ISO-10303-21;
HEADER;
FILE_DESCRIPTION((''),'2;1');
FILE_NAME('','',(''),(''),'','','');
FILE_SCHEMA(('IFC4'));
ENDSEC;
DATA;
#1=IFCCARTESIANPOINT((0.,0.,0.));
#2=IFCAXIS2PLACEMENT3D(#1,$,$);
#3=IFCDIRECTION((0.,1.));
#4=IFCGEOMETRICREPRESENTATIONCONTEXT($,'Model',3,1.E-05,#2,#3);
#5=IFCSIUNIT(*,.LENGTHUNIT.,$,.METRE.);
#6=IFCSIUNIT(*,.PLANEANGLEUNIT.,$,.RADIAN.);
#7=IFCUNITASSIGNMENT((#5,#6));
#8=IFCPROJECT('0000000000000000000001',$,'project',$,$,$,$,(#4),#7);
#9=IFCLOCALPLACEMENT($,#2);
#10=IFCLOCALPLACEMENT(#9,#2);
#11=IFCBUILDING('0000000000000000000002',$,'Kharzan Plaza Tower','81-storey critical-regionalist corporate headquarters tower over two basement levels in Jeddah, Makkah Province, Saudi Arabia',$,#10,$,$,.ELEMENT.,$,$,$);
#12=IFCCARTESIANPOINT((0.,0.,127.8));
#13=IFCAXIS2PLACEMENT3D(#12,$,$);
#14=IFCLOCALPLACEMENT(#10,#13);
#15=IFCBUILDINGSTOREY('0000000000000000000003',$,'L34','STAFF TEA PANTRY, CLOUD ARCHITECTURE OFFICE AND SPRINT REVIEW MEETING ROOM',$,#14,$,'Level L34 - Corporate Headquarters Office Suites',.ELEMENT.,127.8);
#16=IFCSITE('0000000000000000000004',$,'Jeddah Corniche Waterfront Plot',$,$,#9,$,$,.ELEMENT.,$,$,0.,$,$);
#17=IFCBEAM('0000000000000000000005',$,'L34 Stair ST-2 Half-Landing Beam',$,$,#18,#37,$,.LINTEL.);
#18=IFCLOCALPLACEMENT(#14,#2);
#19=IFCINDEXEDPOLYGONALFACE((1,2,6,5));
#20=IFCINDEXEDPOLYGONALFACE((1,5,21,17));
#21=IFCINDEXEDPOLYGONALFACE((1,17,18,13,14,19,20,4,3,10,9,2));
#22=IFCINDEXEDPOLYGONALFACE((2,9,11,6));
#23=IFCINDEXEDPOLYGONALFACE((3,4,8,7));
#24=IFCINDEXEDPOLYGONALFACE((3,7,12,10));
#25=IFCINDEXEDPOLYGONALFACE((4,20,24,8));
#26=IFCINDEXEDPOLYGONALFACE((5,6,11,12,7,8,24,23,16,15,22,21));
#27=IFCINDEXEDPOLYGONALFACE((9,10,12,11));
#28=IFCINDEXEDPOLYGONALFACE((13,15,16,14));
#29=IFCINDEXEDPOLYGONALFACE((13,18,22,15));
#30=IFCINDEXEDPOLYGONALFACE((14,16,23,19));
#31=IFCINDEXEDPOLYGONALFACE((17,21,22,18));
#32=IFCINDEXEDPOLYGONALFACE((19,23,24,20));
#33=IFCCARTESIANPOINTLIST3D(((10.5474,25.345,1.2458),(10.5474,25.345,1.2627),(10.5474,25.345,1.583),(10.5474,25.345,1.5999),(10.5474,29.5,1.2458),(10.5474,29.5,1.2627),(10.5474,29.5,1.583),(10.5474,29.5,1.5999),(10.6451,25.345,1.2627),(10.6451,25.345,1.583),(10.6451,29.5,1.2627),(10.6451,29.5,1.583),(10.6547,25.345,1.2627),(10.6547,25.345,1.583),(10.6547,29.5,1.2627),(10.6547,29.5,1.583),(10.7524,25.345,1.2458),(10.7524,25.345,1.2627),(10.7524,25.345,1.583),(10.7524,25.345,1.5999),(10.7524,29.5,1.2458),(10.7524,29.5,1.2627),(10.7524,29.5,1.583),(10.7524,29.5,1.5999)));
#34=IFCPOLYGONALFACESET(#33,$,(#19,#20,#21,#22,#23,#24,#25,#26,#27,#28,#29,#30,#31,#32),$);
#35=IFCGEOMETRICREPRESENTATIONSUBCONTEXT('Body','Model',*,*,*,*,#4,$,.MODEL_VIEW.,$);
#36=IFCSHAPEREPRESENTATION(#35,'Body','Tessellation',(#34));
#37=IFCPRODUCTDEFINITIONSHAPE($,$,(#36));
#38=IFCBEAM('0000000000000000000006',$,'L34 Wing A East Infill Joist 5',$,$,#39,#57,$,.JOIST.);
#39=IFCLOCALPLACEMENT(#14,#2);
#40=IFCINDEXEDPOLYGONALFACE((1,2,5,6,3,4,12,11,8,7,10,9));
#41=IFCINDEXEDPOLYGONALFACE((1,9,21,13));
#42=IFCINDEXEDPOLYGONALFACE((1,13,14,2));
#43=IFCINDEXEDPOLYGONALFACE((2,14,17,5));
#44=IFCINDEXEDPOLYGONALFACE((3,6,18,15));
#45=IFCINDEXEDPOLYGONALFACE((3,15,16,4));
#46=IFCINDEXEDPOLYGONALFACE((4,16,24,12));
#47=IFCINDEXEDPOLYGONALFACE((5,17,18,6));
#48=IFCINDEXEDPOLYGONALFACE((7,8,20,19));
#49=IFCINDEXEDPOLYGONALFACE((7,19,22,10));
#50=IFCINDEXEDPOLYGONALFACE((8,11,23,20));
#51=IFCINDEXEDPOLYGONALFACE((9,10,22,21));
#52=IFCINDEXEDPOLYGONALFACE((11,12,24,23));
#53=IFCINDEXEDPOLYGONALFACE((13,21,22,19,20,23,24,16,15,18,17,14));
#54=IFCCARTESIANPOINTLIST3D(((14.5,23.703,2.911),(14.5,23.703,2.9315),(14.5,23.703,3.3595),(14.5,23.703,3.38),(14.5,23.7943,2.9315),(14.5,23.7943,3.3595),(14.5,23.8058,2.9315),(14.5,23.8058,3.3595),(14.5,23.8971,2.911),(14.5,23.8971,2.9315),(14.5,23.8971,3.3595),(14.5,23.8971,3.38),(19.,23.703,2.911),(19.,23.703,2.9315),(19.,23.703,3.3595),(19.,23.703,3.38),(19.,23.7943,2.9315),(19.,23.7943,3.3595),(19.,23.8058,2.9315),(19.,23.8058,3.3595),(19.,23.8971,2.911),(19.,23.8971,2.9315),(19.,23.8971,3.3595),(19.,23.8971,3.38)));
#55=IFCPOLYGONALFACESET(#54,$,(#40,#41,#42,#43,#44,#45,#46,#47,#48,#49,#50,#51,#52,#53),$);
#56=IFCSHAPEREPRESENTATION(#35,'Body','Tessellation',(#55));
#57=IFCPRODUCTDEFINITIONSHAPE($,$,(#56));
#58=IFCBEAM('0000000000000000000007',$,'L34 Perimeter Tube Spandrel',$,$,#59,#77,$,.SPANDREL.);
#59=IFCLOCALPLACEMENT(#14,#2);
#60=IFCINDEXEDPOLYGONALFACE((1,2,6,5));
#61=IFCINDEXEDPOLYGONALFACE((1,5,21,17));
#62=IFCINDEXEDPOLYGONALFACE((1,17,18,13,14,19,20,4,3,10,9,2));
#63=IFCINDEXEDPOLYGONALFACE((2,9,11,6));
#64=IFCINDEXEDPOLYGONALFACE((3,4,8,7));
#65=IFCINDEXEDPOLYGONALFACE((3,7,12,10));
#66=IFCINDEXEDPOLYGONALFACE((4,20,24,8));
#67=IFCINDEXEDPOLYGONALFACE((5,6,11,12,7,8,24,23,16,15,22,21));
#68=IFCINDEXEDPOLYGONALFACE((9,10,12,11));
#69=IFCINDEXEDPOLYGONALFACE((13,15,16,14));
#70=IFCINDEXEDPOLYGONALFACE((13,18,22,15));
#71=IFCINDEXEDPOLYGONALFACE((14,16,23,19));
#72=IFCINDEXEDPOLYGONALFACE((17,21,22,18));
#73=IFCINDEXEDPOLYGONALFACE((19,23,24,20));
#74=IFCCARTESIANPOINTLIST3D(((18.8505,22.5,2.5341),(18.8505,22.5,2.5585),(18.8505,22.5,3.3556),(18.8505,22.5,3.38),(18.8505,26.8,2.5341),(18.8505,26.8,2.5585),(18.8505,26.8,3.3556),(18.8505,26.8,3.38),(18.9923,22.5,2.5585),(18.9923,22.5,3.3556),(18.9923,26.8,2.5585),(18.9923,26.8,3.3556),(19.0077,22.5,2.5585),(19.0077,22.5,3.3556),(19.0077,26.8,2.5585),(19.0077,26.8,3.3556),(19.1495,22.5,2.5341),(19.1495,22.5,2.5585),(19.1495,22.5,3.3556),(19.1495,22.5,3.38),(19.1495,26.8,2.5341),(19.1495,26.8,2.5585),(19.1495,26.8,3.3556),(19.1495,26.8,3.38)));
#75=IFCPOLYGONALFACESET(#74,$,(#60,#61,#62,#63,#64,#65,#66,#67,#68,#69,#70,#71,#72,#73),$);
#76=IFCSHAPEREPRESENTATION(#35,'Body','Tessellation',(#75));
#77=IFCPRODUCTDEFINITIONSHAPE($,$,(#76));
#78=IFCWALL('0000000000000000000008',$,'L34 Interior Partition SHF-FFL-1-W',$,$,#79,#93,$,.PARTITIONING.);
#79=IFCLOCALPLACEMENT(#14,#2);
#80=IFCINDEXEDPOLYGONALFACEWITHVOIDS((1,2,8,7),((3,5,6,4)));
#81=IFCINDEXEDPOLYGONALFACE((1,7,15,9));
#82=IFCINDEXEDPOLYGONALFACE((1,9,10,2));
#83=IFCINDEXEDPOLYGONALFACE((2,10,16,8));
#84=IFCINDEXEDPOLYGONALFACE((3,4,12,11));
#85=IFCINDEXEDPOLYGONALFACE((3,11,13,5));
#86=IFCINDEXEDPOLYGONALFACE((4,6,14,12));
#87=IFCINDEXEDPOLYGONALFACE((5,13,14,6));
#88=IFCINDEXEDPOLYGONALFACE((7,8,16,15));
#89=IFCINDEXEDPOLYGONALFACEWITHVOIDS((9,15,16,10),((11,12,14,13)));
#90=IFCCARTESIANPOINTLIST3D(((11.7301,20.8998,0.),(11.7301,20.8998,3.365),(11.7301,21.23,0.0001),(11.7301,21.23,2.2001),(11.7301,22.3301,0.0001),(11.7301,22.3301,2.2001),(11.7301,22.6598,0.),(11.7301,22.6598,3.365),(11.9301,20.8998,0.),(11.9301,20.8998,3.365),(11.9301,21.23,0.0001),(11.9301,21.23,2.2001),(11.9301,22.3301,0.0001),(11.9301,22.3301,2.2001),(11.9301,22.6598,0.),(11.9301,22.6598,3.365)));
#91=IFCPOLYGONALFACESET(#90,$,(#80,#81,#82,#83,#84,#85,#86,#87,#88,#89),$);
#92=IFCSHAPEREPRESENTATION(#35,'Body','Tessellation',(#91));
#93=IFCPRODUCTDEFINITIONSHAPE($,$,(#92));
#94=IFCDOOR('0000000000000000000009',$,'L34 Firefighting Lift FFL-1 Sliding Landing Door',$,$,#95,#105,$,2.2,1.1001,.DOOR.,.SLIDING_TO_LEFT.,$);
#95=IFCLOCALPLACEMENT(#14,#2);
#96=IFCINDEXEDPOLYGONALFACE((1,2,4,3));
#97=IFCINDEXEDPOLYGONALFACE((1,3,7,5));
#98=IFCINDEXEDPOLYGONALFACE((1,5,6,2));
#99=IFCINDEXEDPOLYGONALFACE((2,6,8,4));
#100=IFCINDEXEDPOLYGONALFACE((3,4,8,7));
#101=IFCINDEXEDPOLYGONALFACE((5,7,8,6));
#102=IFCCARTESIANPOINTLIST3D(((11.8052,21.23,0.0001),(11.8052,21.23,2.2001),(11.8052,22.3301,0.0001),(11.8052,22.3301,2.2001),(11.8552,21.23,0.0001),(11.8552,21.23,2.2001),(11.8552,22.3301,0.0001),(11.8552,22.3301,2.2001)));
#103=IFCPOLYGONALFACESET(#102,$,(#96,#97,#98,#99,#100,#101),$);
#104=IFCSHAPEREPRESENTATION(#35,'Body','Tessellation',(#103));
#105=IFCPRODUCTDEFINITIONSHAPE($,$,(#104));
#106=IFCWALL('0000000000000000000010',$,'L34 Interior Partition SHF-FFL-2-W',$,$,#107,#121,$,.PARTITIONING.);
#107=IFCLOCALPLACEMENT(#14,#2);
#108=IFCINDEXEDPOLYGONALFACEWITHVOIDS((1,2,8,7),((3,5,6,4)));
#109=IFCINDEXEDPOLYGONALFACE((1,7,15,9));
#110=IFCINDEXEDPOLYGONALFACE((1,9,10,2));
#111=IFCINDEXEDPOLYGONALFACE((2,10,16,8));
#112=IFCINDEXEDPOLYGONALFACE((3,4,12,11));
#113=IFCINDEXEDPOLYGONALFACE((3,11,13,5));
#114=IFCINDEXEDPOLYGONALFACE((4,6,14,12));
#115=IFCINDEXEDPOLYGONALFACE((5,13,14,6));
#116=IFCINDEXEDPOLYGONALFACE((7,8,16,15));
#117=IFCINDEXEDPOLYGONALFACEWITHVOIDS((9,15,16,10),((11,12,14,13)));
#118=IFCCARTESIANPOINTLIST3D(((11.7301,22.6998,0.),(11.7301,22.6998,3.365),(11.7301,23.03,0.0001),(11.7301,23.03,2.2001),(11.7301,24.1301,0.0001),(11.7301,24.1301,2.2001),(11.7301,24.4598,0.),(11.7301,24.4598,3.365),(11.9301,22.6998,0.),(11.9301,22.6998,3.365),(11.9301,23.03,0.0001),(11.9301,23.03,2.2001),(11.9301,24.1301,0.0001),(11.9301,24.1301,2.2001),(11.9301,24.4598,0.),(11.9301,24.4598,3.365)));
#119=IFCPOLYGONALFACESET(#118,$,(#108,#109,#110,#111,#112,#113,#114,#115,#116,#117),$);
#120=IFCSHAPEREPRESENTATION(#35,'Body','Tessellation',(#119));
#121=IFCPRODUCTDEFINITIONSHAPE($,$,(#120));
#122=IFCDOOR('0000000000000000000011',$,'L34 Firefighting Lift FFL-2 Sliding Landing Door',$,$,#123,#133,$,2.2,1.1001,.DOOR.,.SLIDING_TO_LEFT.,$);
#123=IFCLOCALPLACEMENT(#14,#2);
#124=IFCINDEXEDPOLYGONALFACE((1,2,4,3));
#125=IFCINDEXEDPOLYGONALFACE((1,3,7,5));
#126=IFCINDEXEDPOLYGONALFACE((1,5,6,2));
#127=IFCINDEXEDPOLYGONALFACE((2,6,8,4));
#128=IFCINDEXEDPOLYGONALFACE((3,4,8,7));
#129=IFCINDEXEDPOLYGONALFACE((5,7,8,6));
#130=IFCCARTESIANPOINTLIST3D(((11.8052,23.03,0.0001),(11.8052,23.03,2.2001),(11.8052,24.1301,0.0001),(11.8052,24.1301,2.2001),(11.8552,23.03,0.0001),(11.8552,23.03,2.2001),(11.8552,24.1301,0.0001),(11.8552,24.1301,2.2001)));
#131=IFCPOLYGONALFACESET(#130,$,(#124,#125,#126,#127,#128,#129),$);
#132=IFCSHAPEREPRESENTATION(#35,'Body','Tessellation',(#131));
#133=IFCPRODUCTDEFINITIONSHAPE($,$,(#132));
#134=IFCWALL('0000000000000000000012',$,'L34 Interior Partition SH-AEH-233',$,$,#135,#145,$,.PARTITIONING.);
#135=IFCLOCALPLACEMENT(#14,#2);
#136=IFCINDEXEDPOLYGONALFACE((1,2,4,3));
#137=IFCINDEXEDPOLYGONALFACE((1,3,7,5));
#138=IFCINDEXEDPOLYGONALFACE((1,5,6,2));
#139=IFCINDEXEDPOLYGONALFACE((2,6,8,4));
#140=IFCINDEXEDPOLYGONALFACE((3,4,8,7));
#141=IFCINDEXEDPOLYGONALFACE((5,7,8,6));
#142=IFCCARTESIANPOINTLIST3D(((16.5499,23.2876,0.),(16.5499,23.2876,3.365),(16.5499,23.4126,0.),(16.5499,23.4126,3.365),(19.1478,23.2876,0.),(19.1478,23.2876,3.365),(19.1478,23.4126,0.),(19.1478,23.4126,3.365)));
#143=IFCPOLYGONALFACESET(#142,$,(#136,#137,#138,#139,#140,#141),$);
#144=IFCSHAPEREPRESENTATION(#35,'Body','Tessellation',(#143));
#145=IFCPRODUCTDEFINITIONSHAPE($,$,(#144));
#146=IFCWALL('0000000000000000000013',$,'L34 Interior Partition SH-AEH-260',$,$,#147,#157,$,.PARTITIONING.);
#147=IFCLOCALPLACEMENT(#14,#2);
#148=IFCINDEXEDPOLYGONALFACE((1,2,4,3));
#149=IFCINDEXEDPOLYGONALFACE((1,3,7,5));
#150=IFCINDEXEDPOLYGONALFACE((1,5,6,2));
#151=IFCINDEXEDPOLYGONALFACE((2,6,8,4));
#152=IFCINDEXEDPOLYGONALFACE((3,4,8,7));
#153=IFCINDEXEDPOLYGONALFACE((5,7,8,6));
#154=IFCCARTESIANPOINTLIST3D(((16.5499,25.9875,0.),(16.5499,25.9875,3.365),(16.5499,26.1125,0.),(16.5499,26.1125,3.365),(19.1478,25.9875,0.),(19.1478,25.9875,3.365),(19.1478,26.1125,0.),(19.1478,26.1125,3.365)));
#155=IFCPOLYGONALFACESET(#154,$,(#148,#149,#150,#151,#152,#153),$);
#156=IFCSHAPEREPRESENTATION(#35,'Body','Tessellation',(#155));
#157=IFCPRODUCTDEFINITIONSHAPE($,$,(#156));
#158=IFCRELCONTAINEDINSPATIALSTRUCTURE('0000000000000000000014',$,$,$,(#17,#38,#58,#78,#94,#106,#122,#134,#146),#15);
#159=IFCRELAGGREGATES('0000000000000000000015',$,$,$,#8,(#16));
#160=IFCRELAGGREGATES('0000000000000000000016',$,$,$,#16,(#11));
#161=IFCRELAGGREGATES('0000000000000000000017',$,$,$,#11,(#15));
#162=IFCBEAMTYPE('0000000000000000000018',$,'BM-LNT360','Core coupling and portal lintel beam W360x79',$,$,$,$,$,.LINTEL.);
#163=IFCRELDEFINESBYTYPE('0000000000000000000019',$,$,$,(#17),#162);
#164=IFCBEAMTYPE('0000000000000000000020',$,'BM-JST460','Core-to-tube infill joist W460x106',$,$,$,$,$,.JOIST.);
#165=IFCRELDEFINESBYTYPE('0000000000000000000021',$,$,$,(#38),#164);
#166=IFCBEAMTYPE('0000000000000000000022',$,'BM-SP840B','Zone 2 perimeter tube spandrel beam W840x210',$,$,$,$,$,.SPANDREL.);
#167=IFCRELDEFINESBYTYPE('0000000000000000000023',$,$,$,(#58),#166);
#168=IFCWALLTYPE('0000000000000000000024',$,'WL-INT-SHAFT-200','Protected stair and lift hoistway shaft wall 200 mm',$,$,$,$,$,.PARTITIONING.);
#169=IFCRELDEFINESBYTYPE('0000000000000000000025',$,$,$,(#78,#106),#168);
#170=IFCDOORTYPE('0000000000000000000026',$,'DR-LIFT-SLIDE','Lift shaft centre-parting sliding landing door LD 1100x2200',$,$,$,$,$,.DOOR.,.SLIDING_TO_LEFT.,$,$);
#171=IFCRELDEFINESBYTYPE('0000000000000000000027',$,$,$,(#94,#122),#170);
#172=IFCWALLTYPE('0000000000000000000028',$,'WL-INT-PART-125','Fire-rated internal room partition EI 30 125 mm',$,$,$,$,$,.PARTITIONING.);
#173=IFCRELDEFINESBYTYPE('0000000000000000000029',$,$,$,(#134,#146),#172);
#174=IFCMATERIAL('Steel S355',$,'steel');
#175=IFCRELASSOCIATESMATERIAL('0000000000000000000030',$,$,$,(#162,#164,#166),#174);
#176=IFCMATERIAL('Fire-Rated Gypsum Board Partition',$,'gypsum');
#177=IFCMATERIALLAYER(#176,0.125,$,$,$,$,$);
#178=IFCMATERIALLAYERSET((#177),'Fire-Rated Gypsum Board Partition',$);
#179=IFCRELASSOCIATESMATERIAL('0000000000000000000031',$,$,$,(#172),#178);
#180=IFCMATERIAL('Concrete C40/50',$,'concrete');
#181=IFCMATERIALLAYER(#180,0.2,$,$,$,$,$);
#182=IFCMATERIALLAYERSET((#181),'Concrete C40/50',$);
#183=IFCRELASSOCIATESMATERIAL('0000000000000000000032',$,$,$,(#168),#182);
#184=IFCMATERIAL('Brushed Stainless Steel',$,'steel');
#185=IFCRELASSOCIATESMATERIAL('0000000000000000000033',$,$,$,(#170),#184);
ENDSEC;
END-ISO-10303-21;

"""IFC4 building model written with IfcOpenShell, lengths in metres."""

from ifc_helpers import new_model, si_unit, direction, frame, frame_2d, origin, origin_2d, place, context, subcontext, project, spatial, rectangle, i_section, extrude, source, transform, mapped, material, layer, layer_set, material_profile, profile_set, type_object, element, fill, save


model = new_model("IFC4")

# Units and contexts
model_context = context("Model", 3, precision=1e-05, world=origin(), true_north=direction((0.0, 1.0)))
body_context = subcontext(model_context, "Body", "Model", "MODEL_VIEW")
ifc_project = project(units=[si_unit("LENGTHUNIT", "METRE"), si_unit("PLANEANGLEUNIT", "RADIAN")], contexts=[model_context])

# Site, building, storey
site_placement = place(None, origin())
site = spatial("IfcSite", under=ifc_project, at=site_placement, Name="Jeddah Corniche Waterfront Plot", CompositionType="ELEMENT", RefElevation=0.0)
building_placement = place(site_placement, origin())
building = spatial("IfcBuilding", under=site, at=building_placement, Name="Kharzan Plaza Tower", Description="81-storey critical-regionalist corporate headquarters tower over two basement levels in Jeddah, Makkah Province, Saudi Arabia", CompositionType="ELEMENT")
storey_placement = place(building_placement, frame((0.0, 0.0, 127.8)))
storey = spatial("IfcBuildingStorey", under=building, at=storey_placement, Name="L34", Description="STAFF TEA PANTRY, CLOUD ARCHITECTURE OFFICE AND SPRINT REVIEW MEETING ROOM", LongName="Level L34 - Corporate Headquarters Office Suites", CompositionType="ELEMENT", Elevation=127.8)

# Beams
ifc_material_1 = material(Name="Steel S355", Category="steel")
ifc_material_profile_1 = material_profile(ifc_material_1, i_section(OverallWidth=0.2051, OverallDepth=0.354, WebThickness=0.0095, FlangeThickness=0.0168, at=origin_2d()), Name="W360x79")
ifc_profile_set_1 = profile_set([ifc_material_profile_1], Name="Steel S355")
beam_type_1 = type_object("IfcBeamType", Name="BM-LNT360", Description="Core coupling and portal lintel beam W360x79", PredefinedType="LINTEL", material=ifc_profile_set_1)
shared_shape_1 = source(origin(), body_context, "Body", "SweptSolid", [
    extrude(i_section(OverallWidth=0.2051, OverallDepth=0.354, WebThickness=0.0095, FlangeThickness=0.0168, at=origin_2d()), origin(), (0.0, 0.0, 1.0), 4.155),
])
beam_1_placement = place(storey_placement, frame((10.6499, 25.345, 1.4229), z_axis=(0.0, 1.0, 0.0), x_axis=(-1.0, 0.0, 0.0)))
element("IfcBeam", 1, at=beam_1_placement, inside=storey, type_object=beam_type_1, Name="L34 Stair ST-2 Half-Landing Beam", PredefinedType="LINTEL", context=body_context, shape_type="MappedRepresentation", body=[
    mapped(shared_shape_1, transform((0.0, 0.0, 0.0), x_axis=(1.0, 0.0, 0.0), y_axis=(0.0, 1.0, 0.0), z_axis=(0.0, 0.0, 1.0))),
])
ifc_material_profile_2 = material_profile(ifc_material_1, i_section(OverallWidth=0.1941, OverallDepth=0.469, WebThickness=0.0115, FlangeThickness=0.0205, at=origin_2d()), Name="W460x106")
ifc_profile_set_2 = profile_set([ifc_material_profile_2], Name="Steel S355")
beam_type_2 = type_object("IfcBeamType", Name="BM-JST460", Description="Core-to-tube infill joist W460x106", PredefinedType="JOIST", material=ifc_profile_set_2)
shared_shape_2 = source(origin(), body_context, "Body", "SweptSolid", [
    extrude(i_section(OverallWidth=0.1941, OverallDepth=0.469, WebThickness=0.0115, FlangeThickness=0.0205, at=origin_2d()), origin(), (0.0, 0.0, 1.0), 4.5),
])
beam_2_placement = place(storey_placement, frame((14.5, 23.8, 3.1455), z_axis=(1.0, 0.0, 0.0), x_axis=(0.0, 1.0, 0.0)))
element("IfcBeam", 2, at=beam_2_placement, inside=storey, type_object=beam_type_2, Name="L34 Wing A East Infill Joist 5", PredefinedType="JOIST", context=body_context, shape_type="MappedRepresentation", body=[
    mapped(shared_shape_2, transform((0.0, 0.0, 0.0), x_axis=(1.0, 0.0, 0.0), y_axis=(0.0, 1.0, 0.0), z_axis=(0.0, 0.0, 1.0))),
])
ifc_material_profile_3 = material_profile(ifc_material_1, i_section(OverallWidth=0.2991, OverallDepth=0.8459, WebThickness=0.0154, FlangeThickness=0.0244, at=origin_2d()), Name="W840x210")
ifc_profile_set_3 = profile_set([ifc_material_profile_3], Name="Steel S355")
beam_type_3 = type_object("IfcBeamType", Name="BM-SP840B", Description="Zone 2 perimeter tube spandrel beam W840x210", PredefinedType="SPANDREL", material=ifc_profile_set_3)
shared_shape_3 = source(origin(), body_context, "Body", "SweptSolid", [
    extrude(i_section(OverallWidth=0.2991, OverallDepth=0.8459, WebThickness=0.0154, FlangeThickness=0.0244, at=origin_2d()), origin(), (0.0, 0.0, 1.0), 4.3),
])
beam_3_placement = place(storey_placement, frame((19.0, 22.5, 2.957), z_axis=(0.0, 1.0, 0.0), x_axis=(-1.0, 0.0, 0.0)))
element("IfcBeam", 3, at=beam_3_placement, inside=storey, type_object=beam_type_3, Name="L34 Perimeter Tube Spandrel", PredefinedType="SPANDREL", context=body_context, shape_type="MappedRepresentation", body=[
    mapped(shared_shape_3, transform((0.0, 0.0, 0.0), x_axis=(1.0, 0.0, 0.0), y_axis=(0.0, 1.0, 0.0), z_axis=(0.0, 0.0, 1.0))),
])

# Walls, openings, doors
ifc_material_2 = material(Name="Concrete C40/50", Category="concrete")
ifc_material_3 = material(Name="Fire-Rated Gypsum Board Partition", Category="gypsum")
ifc_layer_1 = layer(ifc_material_3, 0.125)
ifc_layer_set_1 = layer_set([ifc_layer_1], Name="Fire-Rated Gypsum Board Partition")
wall_type_1 = type_object("IfcWallType", Name="WL-INT-PART-125", Description="Fire-rated internal room partition EI 30 125 mm", PredefinedType="PARTITIONING", material=ifc_layer_set_1)
ifc_layer_2 = layer(ifc_material_2, 0.2)
ifc_layer_set_2 = layer_set([ifc_layer_2], Name="Concrete C40/50")
wall_type_2 = type_object("IfcWallType", Name="WL-INT-SHAFT-200", Description="Protected stair and lift hoistway shaft wall 200 mm", PredefinedType="PARTITIONING", material=ifc_layer_set_2)
wall_1_placement = place(storey_placement, frame((11.8301, 20.8999, 0.0), z_axis=(0.0, 0.0, 1.0), x_axis=(0.0, 1.0, 0.0)))
wall_1 = element("IfcWall", 4, at=wall_1_placement, inside=storey, type_object=wall_type_2, Name="L34 Interior Partition SHF-FFL-1-W", PredefinedType="PARTITIONING", context=body_context, shape_type="SweptSolid", body=[
    extrude(rectangle(XDim=1.76, YDim=0.2, at=frame_2d((0.8799, 0.0))), origin(), (0.0, 0.0, 1.0), 3.365),
])
opening_1_placement = place(wall_1_placement, frame((0.3301, 0.0, 0.0)))
opening_1 = element("IfcOpeningElement", 5, at=opening_1_placement, cuts=wall_1, PredefinedType="OPENING", context=body_context, shape_type="SweptSolid", body=[
    extrude(rectangle(XDim=1.1001, YDim=2.2, at=frame_2d((0.55, 1.1001))), frame((0.0, 0.1099, 0.0), z_axis=(0.0, -1.0, 0.0), x_axis=(1.0, 0.0, 0.0)), (0.0, 0.0, 1.0), 0.22),
])
ifc_material_4 = material(Name="Brushed Stainless Steel", Category="steel")
door_type_1 = type_object("IfcDoorType", Name="DR-LIFT-SLIDE", Description="Lift shaft centre-parting sliding landing door LD 1100x2200", OperationType="SLIDING_TO_LEFT", PredefinedType="DOOR", material=ifc_material_4)
shared_shape_4 = source(origin(), body_context, "Body", "SweptSolid", [
    extrude(rectangle(XDim=1.1001, YDim=2.2, at=frame_2d((0.55, 1.1001))), frame((0.0, 0.0249, 0.0), z_axis=(0.0, -1.0, 0.0), x_axis=(1.0, 0.0, 0.0)), (0.0, 0.0, 1.0), 0.05),
])
door_1_placement = place(opening_1_placement, origin())
door_1 = element("IfcDoor", 6, at=door_1_placement, inside=storey, type_object=door_type_1, Name="L34 Firefighting Lift FFL-1 Sliding Landing Door", OperationType="SLIDING_TO_LEFT", OverallHeight=2.2, OverallWidth=1.1001, PredefinedType="DOOR", context=body_context, shape_type="MappedRepresentation", body=[
    mapped(shared_shape_4, transform((0.0, 0.0, 0.0), x_axis=(1.0, 0.0, 0.0), y_axis=(0.0, 1.0, 0.0), z_axis=(0.0, 0.0, 1.0))),
])
fill(opening_1, door_1)
wall_2_placement = place(storey_placement, frame((11.8301, 22.7, 0.0), z_axis=(0.0, 0.0, 1.0), x_axis=(0.0, 1.0, 0.0)))
wall_2 = element("IfcWall", 7, at=wall_2_placement, inside=storey, type_object=wall_type_2, Name="L34 Interior Partition SHF-FFL-2-W", PredefinedType="PARTITIONING", context=body_context, shape_type="SweptSolid", body=[
    extrude(rectangle(XDim=1.76, YDim=0.2, at=frame_2d((0.8799, 0.0))), origin(), (0.0, 0.0, 1.0), 3.365),
])
opening_2_placement = place(wall_2_placement, frame((0.3301, 0.0, 0.0)))
opening_2 = element("IfcOpeningElement", 8, at=opening_2_placement, cuts=wall_2, PredefinedType="OPENING", context=body_context, shape_type="SweptSolid", body=[
    extrude(rectangle(XDim=1.1001, YDim=2.2, at=frame_2d((0.55, 1.1001))), frame((0.0, 0.1099, 0.0), z_axis=(0.0, -1.0, 0.0), x_axis=(1.0, 0.0, 0.0)), (0.0, 0.0, 1.0), 0.22),
])
door_2_placement = place(opening_2_placement, origin())
door_2 = element("IfcDoor", 9, at=door_2_placement, inside=storey, type_object=door_type_1, Name="L34 Firefighting Lift FFL-2 Sliding Landing Door", OperationType="SLIDING_TO_LEFT", OverallHeight=2.2, OverallWidth=1.1001, PredefinedType="DOOR", context=body_context, shape_type="MappedRepresentation", body=[
    mapped(shared_shape_4, transform((0.0, 0.0, 0.0), x_axis=(1.0, 0.0, 0.0), y_axis=(0.0, 1.0, 0.0), z_axis=(0.0, 0.0, 1.0))),
])
fill(opening_2, door_2)

# Walls
shared_shape_5 = source(origin(), body_context, "Body", "SweptSolid", [
    extrude(rectangle(XDim=2.5979, YDim=0.125, at=frame_2d((1.2988, 0.0))), origin(), (0.0, 0.0, 1.0), 3.365),
])
for number, where, z_axis, x_axis, name in (
    (10, (16.55, 23.3501, 0.0), (0.0, 0.0, 1.0), (1.0, 0.0, 0.0), "L34 Interior Partition SH-AEH-233"),
    (11, (16.55, 26.05, 0.0), (0.0, 0.0, 1.0), (1.0, 0.0, 0.0), "L34 Interior Partition SH-AEH-260"),
):
    element("IfcWall", number, at=place(storey_placement, frame(where, z_axis=z_axis, x_axis=x_axis)), inside=storey, type_object=wall_type_1, Name=name, PredefinedType="PARTITIONING", context=body_context, shape_type="MappedRepresentation", body=[
        mapped(shared_shape_5, transform((0.0, 0.0, 0.0), x_axis=(1.0, 0.0, 0.0), y_axis=(0.0, 1.0, 0.0), z_axis=(0.0, 0.0, 1.0))),
    ])

save(model, "model.ifc")
